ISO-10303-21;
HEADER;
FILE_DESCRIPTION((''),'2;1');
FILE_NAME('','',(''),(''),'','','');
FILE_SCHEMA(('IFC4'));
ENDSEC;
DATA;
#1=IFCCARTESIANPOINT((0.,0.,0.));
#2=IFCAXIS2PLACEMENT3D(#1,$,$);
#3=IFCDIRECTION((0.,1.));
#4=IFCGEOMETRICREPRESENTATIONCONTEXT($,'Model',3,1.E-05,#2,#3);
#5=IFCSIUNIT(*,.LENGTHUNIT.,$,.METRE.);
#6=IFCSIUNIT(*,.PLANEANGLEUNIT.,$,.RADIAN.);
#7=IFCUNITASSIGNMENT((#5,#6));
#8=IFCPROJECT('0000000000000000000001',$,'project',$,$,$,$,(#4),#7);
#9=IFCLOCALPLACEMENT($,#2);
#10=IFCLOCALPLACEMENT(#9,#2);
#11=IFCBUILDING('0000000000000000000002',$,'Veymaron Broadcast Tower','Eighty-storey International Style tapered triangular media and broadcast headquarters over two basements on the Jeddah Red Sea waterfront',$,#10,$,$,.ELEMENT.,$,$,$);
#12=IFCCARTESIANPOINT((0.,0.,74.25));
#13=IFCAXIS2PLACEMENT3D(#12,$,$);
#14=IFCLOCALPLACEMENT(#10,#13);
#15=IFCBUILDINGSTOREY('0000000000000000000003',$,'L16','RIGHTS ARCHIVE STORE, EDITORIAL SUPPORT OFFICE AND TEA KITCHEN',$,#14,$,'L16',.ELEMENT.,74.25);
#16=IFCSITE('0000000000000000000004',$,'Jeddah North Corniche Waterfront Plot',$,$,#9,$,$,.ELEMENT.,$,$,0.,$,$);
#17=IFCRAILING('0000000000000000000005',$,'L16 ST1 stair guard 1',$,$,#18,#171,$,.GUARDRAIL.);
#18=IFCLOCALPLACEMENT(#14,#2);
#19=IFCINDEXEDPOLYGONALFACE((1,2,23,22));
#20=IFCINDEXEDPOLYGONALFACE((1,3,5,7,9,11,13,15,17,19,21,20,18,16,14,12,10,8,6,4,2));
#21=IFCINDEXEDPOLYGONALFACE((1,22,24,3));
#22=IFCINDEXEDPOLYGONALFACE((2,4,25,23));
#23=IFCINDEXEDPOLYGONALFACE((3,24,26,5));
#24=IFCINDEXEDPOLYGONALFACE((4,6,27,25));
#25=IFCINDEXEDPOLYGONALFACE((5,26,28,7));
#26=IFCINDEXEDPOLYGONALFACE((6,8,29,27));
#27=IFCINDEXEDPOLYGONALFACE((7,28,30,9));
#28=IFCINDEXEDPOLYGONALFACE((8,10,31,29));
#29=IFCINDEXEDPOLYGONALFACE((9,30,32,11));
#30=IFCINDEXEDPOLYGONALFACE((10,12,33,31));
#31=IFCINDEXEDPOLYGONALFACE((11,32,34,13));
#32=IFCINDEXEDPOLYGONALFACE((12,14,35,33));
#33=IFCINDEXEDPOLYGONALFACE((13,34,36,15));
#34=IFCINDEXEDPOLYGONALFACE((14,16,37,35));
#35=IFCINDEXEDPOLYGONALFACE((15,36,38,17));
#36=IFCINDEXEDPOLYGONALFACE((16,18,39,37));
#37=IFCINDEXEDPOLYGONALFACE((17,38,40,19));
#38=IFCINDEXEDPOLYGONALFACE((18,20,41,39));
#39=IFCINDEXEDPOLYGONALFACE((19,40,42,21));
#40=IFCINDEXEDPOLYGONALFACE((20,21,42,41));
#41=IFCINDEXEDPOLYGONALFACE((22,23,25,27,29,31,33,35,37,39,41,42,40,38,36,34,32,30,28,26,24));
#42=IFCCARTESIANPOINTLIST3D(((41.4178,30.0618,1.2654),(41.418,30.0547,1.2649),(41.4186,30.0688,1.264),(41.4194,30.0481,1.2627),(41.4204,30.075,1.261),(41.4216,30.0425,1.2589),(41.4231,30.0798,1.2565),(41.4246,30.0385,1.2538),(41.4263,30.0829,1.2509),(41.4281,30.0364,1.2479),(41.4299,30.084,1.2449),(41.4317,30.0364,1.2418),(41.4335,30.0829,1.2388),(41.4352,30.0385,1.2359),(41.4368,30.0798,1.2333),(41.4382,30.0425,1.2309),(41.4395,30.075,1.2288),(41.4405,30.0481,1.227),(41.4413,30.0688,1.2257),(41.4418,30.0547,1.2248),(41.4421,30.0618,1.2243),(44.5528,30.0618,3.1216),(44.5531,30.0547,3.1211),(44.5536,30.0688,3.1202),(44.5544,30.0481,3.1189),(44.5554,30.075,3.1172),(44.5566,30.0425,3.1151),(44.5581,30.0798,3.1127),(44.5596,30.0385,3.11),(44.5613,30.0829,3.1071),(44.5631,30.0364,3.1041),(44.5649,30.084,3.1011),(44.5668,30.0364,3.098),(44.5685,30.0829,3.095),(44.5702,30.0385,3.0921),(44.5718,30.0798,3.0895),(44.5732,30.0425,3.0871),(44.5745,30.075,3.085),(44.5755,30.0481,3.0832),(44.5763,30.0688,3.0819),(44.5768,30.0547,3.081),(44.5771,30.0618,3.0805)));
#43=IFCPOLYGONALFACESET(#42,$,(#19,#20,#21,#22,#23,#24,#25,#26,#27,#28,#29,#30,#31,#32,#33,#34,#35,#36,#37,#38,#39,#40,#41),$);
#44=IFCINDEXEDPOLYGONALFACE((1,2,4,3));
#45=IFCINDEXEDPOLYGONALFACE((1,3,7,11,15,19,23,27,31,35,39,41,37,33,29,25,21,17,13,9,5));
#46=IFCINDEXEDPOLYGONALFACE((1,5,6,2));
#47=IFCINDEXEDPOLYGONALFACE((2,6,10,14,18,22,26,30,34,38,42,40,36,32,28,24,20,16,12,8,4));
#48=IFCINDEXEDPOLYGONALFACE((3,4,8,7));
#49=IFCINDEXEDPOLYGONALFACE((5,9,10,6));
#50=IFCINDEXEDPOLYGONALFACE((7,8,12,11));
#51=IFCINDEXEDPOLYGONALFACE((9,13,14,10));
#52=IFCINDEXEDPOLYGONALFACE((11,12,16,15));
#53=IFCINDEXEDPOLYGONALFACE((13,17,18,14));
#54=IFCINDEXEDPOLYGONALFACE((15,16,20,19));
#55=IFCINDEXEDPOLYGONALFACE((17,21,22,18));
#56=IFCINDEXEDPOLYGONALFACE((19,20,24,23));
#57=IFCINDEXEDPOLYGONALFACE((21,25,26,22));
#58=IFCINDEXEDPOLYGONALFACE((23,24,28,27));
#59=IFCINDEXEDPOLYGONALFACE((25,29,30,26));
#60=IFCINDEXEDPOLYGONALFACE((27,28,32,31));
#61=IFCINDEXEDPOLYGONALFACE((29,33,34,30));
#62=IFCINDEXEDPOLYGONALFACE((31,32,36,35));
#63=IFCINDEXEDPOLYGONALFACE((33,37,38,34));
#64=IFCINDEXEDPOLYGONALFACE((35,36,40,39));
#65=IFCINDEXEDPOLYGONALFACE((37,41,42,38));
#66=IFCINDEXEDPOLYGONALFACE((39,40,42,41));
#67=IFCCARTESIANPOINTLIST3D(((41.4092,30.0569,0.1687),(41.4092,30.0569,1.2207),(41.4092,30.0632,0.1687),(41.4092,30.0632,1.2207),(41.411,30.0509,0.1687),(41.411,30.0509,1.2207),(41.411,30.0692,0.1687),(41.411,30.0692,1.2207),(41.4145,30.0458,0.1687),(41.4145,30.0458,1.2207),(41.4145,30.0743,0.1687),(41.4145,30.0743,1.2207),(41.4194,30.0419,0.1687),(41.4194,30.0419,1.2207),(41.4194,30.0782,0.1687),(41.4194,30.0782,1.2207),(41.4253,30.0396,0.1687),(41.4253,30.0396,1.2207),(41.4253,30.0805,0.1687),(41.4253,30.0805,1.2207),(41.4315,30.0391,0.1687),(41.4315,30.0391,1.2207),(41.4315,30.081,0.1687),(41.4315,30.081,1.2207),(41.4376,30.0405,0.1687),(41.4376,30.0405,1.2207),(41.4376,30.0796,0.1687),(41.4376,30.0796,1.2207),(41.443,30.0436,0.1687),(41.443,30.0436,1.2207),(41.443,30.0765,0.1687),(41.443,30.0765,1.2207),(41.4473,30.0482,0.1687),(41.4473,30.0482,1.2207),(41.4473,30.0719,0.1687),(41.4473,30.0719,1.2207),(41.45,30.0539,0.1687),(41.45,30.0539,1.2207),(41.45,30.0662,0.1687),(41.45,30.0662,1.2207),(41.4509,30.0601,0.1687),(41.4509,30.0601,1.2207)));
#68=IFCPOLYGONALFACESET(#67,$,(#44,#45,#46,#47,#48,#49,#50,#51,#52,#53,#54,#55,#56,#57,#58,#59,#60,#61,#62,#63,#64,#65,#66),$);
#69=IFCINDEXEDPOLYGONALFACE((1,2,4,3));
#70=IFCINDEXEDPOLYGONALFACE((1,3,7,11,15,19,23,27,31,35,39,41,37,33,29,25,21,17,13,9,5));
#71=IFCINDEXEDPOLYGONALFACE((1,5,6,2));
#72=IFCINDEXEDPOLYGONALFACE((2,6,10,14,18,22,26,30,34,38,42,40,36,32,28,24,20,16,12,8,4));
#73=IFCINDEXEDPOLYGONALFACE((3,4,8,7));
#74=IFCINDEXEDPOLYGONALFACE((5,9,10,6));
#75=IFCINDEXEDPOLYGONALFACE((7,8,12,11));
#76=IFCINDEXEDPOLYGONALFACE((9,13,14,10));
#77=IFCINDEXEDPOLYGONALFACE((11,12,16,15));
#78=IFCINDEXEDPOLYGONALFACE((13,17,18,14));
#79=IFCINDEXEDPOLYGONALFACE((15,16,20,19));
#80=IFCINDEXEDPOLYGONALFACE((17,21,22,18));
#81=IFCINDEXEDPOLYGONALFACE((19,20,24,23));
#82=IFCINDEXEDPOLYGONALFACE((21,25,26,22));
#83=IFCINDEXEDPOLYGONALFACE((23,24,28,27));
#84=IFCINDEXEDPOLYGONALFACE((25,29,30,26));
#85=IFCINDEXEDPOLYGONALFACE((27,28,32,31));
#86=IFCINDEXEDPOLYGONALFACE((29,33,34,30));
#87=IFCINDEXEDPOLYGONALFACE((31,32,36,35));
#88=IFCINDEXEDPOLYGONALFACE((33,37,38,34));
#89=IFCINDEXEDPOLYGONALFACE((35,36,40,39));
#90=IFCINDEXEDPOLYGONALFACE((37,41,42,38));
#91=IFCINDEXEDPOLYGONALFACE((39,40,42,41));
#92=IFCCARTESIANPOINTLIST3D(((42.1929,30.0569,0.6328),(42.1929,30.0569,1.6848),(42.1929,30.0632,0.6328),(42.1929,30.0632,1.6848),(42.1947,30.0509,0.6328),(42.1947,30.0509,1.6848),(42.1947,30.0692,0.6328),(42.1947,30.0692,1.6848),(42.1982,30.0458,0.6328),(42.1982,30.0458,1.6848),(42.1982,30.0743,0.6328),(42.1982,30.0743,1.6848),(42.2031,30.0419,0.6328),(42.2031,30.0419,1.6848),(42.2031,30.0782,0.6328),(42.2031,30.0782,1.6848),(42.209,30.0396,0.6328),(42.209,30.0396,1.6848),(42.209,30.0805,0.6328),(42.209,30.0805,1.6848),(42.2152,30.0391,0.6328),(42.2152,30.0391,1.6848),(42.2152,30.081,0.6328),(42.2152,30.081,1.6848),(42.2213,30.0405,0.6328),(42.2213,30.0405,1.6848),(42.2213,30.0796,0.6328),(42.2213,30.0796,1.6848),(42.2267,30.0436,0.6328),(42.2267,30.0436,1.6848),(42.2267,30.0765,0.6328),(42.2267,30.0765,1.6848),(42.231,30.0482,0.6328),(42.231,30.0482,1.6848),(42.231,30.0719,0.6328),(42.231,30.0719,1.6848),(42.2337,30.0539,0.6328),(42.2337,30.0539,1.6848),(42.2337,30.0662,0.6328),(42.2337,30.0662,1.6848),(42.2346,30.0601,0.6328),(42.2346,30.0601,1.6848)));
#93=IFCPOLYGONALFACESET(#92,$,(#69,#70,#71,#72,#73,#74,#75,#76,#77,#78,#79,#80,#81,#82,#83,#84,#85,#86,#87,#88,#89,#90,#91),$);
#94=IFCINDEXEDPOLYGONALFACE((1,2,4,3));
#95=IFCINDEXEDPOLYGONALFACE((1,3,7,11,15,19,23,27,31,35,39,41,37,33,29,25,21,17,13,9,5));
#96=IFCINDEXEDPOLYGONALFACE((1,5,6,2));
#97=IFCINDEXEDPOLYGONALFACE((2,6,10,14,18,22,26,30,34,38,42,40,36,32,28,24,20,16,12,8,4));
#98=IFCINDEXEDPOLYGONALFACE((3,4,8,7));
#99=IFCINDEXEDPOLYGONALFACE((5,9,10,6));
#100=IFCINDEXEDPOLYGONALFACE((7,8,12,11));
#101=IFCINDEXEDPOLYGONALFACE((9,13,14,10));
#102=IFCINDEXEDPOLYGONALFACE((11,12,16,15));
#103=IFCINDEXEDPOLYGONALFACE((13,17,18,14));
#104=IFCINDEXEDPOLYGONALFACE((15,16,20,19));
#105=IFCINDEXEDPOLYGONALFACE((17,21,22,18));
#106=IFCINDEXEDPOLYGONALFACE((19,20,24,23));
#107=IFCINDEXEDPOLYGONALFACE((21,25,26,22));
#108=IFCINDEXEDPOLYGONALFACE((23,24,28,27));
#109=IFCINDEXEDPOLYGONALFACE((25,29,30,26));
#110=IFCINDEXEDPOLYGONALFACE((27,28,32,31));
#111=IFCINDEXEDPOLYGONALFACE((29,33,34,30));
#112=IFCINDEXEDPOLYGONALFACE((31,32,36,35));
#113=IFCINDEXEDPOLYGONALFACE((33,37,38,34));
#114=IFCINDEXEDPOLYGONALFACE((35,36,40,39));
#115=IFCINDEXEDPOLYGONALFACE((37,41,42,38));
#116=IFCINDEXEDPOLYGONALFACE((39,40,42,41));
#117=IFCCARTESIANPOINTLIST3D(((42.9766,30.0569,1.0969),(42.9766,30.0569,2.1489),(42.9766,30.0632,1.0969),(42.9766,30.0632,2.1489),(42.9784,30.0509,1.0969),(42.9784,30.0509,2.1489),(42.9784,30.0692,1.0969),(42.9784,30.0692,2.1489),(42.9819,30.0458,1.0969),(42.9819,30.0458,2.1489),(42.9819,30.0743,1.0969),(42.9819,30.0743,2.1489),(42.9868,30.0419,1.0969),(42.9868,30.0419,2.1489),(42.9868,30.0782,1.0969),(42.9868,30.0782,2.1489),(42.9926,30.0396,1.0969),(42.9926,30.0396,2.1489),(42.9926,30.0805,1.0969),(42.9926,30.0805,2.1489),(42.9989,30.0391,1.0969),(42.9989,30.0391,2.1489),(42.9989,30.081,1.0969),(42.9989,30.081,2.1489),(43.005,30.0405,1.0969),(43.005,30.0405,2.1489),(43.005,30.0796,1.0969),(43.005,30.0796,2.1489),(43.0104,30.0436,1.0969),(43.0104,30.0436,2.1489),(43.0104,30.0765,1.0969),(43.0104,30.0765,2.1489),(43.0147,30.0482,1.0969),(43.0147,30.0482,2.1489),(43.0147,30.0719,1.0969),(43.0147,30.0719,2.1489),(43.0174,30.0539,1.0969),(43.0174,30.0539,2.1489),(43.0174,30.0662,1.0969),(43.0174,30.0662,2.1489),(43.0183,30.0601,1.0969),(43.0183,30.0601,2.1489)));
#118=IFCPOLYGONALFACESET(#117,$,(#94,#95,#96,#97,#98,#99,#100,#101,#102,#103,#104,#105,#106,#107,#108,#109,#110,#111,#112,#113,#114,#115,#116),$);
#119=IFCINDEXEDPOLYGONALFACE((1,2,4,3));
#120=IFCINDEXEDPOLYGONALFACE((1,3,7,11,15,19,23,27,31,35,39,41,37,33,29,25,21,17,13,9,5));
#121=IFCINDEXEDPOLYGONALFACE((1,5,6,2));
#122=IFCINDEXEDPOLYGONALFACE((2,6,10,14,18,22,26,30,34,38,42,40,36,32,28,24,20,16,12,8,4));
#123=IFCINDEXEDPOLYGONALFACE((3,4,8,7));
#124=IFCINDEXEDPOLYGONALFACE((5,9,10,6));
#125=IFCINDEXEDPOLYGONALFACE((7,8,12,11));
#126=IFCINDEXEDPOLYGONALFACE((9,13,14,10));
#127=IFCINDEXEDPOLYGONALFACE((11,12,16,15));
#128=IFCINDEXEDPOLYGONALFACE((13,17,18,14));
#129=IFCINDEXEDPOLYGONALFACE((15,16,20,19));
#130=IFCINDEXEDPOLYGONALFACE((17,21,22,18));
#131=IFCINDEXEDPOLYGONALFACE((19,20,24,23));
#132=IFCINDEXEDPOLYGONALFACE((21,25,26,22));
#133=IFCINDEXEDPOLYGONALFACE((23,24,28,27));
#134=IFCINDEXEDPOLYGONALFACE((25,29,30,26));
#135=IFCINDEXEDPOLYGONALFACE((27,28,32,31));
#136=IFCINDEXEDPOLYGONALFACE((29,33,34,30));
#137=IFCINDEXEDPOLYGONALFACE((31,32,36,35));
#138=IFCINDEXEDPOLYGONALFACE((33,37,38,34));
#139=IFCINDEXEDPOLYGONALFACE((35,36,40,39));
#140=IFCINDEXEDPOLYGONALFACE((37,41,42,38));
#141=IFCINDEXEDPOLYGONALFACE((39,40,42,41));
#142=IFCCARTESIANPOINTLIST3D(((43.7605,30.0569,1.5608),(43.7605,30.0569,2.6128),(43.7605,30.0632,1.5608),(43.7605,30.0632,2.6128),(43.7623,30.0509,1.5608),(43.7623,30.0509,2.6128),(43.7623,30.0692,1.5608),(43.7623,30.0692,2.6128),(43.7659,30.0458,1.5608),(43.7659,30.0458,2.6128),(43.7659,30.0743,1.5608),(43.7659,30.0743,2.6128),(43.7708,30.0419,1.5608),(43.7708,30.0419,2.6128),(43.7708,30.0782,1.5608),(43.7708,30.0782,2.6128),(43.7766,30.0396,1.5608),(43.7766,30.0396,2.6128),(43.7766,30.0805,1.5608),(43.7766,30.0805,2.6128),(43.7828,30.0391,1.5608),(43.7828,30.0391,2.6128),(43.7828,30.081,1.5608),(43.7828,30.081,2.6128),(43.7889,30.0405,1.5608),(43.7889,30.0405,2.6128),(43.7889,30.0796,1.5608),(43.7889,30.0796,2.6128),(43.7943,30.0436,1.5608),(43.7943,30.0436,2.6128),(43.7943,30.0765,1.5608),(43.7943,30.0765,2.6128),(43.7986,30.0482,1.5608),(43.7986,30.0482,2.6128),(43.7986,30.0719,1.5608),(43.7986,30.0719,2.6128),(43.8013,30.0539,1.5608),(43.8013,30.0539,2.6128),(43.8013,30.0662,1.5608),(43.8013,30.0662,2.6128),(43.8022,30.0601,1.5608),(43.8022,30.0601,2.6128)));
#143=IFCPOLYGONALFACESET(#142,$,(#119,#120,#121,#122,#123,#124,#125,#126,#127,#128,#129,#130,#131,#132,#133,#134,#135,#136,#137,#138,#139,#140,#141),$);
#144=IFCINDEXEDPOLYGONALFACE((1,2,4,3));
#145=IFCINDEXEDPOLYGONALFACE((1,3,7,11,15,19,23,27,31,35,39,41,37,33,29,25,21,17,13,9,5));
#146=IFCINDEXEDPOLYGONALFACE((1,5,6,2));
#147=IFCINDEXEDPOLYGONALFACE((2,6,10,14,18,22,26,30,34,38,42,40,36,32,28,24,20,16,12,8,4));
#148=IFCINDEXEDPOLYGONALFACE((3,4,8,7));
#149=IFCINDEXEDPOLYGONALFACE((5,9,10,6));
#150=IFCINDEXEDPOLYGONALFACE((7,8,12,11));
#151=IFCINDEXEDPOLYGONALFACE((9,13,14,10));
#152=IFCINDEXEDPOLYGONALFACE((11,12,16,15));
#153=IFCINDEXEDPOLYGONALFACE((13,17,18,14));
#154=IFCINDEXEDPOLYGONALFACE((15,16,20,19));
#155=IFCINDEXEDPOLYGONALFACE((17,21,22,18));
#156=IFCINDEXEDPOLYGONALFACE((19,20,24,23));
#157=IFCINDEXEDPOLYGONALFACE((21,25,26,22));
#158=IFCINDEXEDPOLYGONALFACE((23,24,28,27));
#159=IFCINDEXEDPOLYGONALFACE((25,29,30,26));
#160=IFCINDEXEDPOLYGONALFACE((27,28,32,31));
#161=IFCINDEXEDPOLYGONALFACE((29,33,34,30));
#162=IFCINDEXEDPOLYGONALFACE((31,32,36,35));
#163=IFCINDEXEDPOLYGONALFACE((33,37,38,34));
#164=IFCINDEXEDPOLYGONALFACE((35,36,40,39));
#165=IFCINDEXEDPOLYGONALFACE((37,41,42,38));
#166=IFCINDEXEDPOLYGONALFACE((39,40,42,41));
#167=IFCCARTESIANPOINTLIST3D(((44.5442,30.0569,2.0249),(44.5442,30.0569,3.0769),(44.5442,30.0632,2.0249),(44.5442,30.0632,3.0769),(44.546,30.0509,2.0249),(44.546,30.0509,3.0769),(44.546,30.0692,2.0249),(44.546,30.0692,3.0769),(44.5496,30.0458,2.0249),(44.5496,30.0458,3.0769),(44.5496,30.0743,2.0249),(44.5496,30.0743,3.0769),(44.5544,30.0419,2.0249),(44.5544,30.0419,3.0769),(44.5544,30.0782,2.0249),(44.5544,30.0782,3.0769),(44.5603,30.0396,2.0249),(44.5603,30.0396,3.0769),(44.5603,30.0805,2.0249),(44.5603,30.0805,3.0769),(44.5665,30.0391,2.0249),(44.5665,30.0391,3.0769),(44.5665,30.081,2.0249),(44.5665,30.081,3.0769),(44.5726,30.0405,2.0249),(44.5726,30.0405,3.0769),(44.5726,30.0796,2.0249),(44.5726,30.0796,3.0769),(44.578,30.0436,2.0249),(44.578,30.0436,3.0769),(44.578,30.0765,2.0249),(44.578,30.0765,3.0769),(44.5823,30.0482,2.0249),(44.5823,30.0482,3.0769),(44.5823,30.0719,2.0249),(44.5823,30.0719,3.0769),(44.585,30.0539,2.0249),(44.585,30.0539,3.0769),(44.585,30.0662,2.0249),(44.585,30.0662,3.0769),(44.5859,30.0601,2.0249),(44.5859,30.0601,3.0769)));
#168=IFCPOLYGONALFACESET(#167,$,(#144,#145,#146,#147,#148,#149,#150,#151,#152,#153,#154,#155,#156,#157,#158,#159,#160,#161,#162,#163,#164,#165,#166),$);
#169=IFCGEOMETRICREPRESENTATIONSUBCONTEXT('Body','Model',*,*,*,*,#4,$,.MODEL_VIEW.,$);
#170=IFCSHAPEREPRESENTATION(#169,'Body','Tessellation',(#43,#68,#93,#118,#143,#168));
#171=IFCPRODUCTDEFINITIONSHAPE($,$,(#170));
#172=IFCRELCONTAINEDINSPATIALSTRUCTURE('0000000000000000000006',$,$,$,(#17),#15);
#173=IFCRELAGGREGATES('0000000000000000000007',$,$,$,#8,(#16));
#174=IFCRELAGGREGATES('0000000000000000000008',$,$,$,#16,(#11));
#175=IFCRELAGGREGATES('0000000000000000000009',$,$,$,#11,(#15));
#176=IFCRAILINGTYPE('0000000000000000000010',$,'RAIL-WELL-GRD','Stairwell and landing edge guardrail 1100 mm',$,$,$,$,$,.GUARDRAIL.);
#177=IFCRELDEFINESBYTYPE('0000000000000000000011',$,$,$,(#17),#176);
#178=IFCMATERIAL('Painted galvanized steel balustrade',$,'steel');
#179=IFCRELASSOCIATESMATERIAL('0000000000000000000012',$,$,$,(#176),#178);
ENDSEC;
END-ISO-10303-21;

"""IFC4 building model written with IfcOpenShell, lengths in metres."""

from ifc_helpers import new_model, si_unit, direction, frame, origin, origin_2d, place, context, subcontext, project, spatial, circle, extrude, material, type_object, element, save


model = new_model("IFC4")

# Units and contexts
model_context = context("Model", 3, precision=1e-05, world=origin(), true_north=direction((0.0, 1.0)))
body_context = subcontext(model_context, "Body", "Model", "MODEL_VIEW")
ifc_project = project(units=[si_unit("LENGTHUNIT", "METRE"), si_unit("PLANEANGLEUNIT", "RADIAN")], contexts=[model_context])

# Site, building, storey
site_placement = place(None, origin())
site = spatial("IfcSite", under=ifc_project, at=site_placement, Name="Jeddah North Corniche Waterfront Plot", CompositionType="ELEMENT", RefElevation=0.0)
building_placement = place(site_placement, origin())
building = spatial("IfcBuilding", under=site, at=building_placement, Name="Veymaron Broadcast Tower", Description="Eighty-storey International Style tapered triangular media and broadcast headquarters over two basements on the Jeddah Red Sea waterfront", CompositionType="ELEMENT")
storey_placement = place(building_placement, frame((0.0, 0.0, 74.25)))
storey = spatial("IfcBuildingStorey", under=building, at=storey_placement, Name="L16", Description="RIGHTS ARCHIVE STORE, EDITORIAL SUPPORT OFFICE AND TEA KITCHEN", LongName="L16", CompositionType="ELEMENT", Elevation=74.25)

# Railing
ifc_material_1 = material(Name="Painted galvanized steel balustrade", Category="steel")
railing_type_1 = type_object("IfcRailingType", Name="RAIL-WELL-GRD", Description="Stairwell and landing edge guardrail 1100 mm", PredefinedType="GUARDRAIL", material=ifc_material_1)
railing_1_placement = place(storey_placement, frame((41.4299, 30.0601, 0.1687)))
element("IfcRailing", 1, at=railing_1_placement, inside=storey, type_object=railing_type_1, Name="L16 ST1 stair guard 1", PredefinedType="GUARDRAIL", context=body_context, shape_type="SweptSolid", body=[
    extrude(circle(Radius=0.0239, at=origin_2d()), frame((0.0, 0.0, 1.0762), z_axis=(0.860482, 0.0, 0.509481), x_axis=(0.0, 1.0, 0.0)), (0.0, 0.0, 1.0), 3.6433),
    extrude(circle(Radius=0.021, at=origin_2d()), origin(), (0.0, 0.0, 1.0), 1.052),
    extrude(circle(Radius=0.021, at=origin_2d()), frame((0.7837, 0.0, 0.4641)), (0.0, 0.0, 1.0), 1.052),
    extrude(circle(Radius=0.021, at=origin_2d()), frame((1.5674, 0.0, 0.9282)), (0.0, 0.0, 1.0), 1.052),
    extrude(circle(Radius=0.021, at=origin_2d()), frame((2.3513, 0.0, 1.3921)), (0.0, 0.0, 1.0), 1.052),
    extrude(circle(Radius=0.021, at=origin_2d()), frame((3.135, 0.0, 1.8562)), (0.0, 0.0, 1.0), 1.052),
])

save(model, "model.ifc")
